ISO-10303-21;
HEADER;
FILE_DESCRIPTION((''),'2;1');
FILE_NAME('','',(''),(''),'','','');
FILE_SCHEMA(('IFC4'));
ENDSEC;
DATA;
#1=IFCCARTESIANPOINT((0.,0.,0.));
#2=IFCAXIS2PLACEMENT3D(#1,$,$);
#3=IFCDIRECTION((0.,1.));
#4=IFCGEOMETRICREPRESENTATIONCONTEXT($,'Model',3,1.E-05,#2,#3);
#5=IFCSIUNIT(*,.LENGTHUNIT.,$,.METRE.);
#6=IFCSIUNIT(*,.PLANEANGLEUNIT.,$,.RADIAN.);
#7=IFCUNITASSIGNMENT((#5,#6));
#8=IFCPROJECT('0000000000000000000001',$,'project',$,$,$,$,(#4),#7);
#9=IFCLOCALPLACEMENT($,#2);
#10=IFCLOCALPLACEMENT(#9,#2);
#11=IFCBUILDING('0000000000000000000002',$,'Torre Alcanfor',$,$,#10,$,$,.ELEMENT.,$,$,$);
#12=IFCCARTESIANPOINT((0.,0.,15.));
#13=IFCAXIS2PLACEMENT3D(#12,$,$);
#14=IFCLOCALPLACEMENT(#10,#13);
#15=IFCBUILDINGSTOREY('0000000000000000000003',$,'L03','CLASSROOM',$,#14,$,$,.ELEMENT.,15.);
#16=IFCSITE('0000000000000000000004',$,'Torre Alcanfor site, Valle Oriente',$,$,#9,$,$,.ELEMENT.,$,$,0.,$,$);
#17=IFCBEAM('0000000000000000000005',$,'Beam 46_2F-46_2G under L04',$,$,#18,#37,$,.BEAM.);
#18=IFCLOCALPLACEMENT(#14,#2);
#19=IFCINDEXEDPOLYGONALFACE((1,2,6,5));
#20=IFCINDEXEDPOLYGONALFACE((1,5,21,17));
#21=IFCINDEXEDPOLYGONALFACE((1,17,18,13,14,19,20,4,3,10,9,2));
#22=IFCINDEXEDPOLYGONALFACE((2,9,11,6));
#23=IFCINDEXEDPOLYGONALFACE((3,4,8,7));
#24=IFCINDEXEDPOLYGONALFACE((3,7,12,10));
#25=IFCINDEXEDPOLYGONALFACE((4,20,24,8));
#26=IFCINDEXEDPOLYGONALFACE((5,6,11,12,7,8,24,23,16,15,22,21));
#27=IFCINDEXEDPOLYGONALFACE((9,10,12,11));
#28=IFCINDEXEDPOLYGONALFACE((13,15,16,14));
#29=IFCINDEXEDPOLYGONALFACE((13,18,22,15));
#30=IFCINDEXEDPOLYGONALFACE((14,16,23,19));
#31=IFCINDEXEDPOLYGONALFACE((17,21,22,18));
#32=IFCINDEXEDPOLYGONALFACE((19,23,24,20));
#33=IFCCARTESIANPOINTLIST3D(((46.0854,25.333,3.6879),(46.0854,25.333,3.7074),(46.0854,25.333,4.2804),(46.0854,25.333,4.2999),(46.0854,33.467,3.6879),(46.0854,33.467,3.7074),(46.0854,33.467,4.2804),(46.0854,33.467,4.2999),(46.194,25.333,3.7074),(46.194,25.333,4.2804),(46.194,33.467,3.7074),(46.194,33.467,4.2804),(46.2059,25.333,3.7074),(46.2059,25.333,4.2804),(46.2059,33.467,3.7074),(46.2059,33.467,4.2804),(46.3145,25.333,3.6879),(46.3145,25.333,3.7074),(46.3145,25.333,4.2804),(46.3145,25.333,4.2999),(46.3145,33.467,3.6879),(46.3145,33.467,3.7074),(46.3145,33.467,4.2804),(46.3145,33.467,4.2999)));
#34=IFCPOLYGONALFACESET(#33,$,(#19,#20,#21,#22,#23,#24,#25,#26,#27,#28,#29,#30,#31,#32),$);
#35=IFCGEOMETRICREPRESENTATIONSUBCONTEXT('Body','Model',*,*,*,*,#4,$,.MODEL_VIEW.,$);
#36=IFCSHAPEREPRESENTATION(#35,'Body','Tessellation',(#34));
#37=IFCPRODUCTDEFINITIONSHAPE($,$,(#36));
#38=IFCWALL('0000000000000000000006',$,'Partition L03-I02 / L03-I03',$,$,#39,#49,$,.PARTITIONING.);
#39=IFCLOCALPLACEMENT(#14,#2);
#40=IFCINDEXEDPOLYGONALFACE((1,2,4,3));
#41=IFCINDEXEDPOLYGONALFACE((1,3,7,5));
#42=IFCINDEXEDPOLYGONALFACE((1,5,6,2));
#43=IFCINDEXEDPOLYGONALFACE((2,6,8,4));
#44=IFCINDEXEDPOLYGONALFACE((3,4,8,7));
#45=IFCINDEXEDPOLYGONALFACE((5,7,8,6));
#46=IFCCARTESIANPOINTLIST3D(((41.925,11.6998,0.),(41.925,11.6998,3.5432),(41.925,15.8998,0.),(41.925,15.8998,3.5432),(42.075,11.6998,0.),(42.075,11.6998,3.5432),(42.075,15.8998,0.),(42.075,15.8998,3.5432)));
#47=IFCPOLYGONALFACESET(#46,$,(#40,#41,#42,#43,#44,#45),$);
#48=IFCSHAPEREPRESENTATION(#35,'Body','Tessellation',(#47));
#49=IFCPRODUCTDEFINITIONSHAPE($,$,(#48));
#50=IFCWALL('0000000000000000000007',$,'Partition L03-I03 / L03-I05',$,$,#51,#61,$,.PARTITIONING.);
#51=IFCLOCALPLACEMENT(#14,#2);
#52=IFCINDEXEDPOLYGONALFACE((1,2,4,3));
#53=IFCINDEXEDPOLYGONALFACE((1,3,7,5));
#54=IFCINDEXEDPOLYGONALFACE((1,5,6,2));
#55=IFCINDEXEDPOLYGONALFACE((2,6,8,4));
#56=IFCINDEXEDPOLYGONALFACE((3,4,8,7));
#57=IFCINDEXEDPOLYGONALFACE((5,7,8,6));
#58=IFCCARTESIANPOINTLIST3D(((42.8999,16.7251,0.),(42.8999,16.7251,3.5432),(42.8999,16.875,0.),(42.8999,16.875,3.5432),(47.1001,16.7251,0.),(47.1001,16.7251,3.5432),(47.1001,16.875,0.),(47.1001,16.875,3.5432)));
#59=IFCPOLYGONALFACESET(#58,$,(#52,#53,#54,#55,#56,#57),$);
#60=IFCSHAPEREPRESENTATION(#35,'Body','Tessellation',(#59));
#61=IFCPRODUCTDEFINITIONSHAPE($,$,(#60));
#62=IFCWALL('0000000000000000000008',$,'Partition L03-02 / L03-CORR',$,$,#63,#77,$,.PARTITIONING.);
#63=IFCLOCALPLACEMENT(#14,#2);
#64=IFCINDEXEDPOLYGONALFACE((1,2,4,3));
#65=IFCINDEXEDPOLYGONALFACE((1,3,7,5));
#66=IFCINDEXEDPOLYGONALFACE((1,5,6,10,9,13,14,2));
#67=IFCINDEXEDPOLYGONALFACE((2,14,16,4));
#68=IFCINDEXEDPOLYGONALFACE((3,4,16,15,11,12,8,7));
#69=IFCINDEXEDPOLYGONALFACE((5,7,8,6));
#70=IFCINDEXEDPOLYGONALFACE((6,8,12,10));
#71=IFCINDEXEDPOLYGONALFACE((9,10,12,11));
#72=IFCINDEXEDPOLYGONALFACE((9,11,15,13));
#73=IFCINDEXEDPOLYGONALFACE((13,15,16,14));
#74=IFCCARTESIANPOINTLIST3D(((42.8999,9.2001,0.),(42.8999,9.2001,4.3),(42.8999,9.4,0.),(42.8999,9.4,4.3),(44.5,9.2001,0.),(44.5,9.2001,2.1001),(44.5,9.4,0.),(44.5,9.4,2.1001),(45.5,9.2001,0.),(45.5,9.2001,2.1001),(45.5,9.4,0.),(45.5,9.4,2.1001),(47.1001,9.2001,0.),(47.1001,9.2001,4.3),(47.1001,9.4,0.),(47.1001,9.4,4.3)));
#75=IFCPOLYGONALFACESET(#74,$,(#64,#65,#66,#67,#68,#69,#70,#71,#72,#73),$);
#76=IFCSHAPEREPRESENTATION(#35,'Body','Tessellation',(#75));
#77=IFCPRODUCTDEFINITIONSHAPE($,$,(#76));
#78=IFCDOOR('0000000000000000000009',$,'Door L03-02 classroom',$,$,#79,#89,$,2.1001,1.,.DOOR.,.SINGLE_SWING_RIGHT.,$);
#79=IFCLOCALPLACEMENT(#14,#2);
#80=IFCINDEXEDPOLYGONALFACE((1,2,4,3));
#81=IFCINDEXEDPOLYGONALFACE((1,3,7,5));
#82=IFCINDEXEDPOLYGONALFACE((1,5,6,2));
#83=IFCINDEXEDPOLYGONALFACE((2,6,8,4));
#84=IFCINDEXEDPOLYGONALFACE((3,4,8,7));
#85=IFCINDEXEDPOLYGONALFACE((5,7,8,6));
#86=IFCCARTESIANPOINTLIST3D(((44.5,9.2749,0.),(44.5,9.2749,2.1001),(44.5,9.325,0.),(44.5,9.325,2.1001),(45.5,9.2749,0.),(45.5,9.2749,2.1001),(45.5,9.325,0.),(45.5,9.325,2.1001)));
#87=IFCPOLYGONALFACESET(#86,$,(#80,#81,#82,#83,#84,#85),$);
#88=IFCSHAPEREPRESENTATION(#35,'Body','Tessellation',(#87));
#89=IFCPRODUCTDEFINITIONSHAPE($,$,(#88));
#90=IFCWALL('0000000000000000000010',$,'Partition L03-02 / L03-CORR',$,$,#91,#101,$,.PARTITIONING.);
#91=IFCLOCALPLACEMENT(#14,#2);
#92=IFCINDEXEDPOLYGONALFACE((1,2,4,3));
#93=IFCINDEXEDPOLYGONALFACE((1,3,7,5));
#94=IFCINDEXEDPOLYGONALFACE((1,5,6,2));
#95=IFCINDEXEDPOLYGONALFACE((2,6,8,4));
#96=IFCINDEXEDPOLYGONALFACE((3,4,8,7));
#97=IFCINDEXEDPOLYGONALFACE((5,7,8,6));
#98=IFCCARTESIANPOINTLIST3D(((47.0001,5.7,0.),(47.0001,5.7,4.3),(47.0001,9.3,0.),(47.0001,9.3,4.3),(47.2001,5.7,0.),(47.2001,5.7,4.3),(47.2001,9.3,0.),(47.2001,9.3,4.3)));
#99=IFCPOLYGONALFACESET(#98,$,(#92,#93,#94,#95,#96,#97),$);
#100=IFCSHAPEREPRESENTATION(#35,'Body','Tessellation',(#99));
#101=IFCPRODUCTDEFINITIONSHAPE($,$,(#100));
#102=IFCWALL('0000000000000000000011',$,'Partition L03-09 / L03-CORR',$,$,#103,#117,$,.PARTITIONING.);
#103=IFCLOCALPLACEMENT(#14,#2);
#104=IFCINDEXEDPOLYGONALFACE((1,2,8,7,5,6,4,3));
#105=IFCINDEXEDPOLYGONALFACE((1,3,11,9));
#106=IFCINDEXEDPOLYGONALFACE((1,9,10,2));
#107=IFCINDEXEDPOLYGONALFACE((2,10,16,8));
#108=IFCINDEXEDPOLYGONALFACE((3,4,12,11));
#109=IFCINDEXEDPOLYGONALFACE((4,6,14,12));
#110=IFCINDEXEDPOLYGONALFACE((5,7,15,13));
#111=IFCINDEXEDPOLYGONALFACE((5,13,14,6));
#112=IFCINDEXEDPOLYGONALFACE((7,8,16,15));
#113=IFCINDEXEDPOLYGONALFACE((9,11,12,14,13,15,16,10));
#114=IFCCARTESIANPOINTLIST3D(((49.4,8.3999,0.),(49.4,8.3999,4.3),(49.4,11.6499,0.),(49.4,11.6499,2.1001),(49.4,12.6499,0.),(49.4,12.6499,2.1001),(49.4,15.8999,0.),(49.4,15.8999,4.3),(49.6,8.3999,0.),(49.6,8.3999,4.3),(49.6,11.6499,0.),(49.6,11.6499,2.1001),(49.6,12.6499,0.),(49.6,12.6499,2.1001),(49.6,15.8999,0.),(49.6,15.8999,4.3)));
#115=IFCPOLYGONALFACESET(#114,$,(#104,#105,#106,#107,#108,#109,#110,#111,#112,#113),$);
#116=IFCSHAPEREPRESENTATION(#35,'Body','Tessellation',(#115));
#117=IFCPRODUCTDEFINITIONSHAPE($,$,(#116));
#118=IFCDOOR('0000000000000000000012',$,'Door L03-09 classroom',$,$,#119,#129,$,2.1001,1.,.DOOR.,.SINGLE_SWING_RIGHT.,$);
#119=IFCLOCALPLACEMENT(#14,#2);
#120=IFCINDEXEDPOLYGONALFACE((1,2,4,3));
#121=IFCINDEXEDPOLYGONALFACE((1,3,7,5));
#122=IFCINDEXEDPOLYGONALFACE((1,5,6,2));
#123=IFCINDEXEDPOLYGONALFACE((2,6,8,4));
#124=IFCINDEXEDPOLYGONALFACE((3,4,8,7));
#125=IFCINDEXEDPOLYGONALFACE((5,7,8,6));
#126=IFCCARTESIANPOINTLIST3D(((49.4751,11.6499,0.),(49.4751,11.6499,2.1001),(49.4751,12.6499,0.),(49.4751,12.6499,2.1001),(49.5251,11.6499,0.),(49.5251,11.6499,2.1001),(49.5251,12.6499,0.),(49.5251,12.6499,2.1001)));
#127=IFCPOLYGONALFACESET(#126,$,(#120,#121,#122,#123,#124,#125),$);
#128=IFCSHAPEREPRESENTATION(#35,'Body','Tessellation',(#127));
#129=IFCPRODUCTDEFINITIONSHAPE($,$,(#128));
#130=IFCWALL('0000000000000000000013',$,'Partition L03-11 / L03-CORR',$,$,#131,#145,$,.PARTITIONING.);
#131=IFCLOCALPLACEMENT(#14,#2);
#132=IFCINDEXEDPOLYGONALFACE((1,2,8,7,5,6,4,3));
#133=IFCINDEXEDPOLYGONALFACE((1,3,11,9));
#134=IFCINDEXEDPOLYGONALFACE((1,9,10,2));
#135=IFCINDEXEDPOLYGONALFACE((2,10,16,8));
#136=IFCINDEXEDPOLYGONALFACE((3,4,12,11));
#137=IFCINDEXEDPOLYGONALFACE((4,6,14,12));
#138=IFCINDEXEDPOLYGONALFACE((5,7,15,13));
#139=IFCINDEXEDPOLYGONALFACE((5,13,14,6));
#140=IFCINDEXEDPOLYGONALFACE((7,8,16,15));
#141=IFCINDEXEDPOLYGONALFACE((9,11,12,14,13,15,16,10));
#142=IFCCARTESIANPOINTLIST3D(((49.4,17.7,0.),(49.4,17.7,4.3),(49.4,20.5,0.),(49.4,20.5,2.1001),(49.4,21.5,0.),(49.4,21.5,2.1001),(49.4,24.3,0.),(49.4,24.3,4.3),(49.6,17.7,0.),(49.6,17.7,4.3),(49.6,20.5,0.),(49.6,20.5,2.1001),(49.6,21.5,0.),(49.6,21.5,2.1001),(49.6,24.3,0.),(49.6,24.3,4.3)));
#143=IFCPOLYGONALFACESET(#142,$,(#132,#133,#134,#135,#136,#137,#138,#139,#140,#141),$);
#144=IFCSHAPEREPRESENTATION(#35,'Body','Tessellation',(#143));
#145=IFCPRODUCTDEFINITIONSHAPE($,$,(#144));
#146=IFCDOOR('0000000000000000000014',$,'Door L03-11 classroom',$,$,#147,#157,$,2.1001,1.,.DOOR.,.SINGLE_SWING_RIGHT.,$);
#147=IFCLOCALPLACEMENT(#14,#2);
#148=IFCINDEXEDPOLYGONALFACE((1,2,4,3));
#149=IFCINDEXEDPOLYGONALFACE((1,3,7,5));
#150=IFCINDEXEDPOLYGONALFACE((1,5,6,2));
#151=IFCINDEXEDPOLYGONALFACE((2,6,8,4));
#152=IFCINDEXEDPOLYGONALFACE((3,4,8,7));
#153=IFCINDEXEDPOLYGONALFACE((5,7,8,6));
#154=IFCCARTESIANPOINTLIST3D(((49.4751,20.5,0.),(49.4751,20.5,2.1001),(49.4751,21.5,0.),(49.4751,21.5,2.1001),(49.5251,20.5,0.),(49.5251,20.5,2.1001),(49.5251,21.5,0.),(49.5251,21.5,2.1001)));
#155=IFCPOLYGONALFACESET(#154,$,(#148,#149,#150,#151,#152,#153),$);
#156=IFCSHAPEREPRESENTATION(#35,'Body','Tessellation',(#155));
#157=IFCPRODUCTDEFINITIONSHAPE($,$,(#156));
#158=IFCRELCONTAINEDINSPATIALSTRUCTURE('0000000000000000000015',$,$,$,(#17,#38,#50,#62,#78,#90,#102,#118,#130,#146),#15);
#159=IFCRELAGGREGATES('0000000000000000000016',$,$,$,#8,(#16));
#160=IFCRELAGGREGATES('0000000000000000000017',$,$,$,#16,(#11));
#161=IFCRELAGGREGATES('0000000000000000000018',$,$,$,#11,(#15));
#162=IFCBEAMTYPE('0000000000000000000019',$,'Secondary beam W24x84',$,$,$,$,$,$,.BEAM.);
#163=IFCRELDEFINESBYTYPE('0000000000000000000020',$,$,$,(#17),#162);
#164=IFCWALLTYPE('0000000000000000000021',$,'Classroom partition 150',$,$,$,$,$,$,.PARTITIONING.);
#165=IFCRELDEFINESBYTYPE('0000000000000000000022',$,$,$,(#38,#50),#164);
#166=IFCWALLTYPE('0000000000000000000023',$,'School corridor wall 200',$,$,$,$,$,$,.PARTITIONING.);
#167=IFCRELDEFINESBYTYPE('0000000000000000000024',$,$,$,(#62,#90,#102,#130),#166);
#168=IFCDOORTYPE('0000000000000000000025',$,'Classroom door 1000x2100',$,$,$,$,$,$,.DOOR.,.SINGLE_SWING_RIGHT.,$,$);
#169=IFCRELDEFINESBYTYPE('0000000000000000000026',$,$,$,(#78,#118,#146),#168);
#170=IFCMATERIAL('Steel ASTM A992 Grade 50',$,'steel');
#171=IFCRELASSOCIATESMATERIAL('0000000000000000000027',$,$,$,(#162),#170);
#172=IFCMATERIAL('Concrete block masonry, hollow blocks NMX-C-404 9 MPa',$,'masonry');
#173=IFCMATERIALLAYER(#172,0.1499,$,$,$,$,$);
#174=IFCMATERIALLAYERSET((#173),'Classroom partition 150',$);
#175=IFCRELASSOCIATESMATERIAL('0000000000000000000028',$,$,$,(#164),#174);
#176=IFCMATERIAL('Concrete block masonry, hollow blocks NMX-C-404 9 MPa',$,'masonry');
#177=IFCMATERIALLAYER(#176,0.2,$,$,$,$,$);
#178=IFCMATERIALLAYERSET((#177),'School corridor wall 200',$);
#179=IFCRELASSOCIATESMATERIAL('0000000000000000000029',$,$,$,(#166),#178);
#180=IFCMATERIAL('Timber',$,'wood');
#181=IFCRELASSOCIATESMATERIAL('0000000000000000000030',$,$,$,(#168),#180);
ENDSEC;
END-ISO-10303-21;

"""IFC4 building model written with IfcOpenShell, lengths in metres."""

from ifc_helpers import new_model, si_unit, direction, frame, frame_2d, origin, origin_2d, place, context, subcontext, project, spatial, rectangle, i_section, extrude, material, layer, layer_set, material_profile, profile_set, type_object, element, fill, save


model = new_model("IFC4")

# Units and contexts
model_context = context("Model", 3, precision=1e-05, world=origin(), true_north=direction((0.0, 1.0)))
body_context = subcontext(model_context, "Body", "Model", "MODEL_VIEW")
ifc_project = project(units=[si_unit("LENGTHUNIT", "METRE"), si_unit("PLANEANGLEUNIT", "RADIAN")], contexts=[model_context])

# Site, building, storey
site_placement = place(None, origin())
site = spatial("IfcSite", under=ifc_project, at=site_placement, Name="Torre Alcanfor site, Valle Oriente", CompositionType="ELEMENT", RefElevation=0.0)
building_placement = place(site_placement, origin())
building = spatial("IfcBuilding", under=site, at=building_placement, Name="Torre Alcanfor", CompositionType="ELEMENT")
storey_placement = place(building_placement, frame((0.0, 0.0, 15.0)))
storey = spatial("IfcBuildingStorey", under=building, at=storey_placement, Name="L03", Description="CLASSROOM", CompositionType="ELEMENT", Elevation=15.0)

# Beam
ifc_material_1 = material(Name="Steel ASTM A992 Grade 50", Category="steel")
ifc_material_profile_1 = material_profile(ifc_material_1, i_section(OverallWidth=0.229, OverallDepth=0.6121, WebThickness=0.012, FlangeThickness=0.0195, at=origin_2d()), Name="W24x84")
ifc_profile_set_1 = profile_set([ifc_material_profile_1], Name="Steel ASTM A992 Grade 50")
beam_type_1 = type_object("IfcBeamType", Name="Secondary beam W24x84", PredefinedType="BEAM", material=ifc_profile_set_1)
beam_1_placement = place(storey_placement, frame((46.2, 25.333, 3.9939), z_axis=(0.0, 1.0, 0.0), x_axis=(-1.0, 0.0, 0.0)))
element("IfcBeam", 1, at=beam_1_placement, inside=storey, type_object=beam_type_1, Name="Beam 46_2F-46_2G under L04", PredefinedType="BEAM", context=body_context, shape_type="SweptSolid", body=[
    extrude(i_section(OverallWidth=0.229, OverallDepth=0.6121, WebThickness=0.012, FlangeThickness=0.0195, at=origin_2d()), origin(), (0.0, 0.0, 1.0), 8.134),
])

# Walls
ifc_material_2 = material(Name="Concrete block masonry, hollow blocks NMX-C-404 9 MPa", Category="masonry")
ifc_layer_1 = layer(ifc_material_2, 0.1499)
ifc_layer_set_1 = layer_set([ifc_layer_1], Name="Classroom partition 150")
wall_type_1 = type_object("IfcWallType", Name="Classroom partition 150", PredefinedType="PARTITIONING", material=ifc_layer_set_1)
wall_1_placement = place(storey_placement, frame((42.0, 15.8999, 0.0), z_axis=(0.0, 0.0, 1.0), x_axis=(0.0, -1.0, 0.0)))
element("IfcWall", 2, at=wall_1_placement, inside=storey, type_object=wall_type_1, Name="Partition L03-I02 / L03-I03", PredefinedType="PARTITIONING", context=body_context, shape_type="SweptSolid", body=[
    extrude(rectangle(XDim=4.2, YDim=0.1499, at=frame_2d((2.1001, 0.0))), origin(), (0.0, 0.0, 1.0), 3.5432),
])
wall_2_placement = place(storey_placement, frame((42.8999, 16.8, 0.0), z_axis=(0.0, 0.0, 1.0), x_axis=(1.0, 0.0, 0.0)))
element("IfcWall", 3, at=wall_2_placement, inside=storey, type_object=wall_type_1, Name="Partition L03-I03 / L03-I05", PredefinedType="PARTITIONING", context=body_context, shape_type="SweptSolid", body=[
    extrude(rectangle(XDim=4.2002, YDim=0.1499, at=frame_2d((2.1001, 0.0))), origin(), (0.0, 0.0, 1.0), 3.5432),
])

# Wall, opening, door
ifc_material_3 = material(Name="Concrete block masonry, hollow blocks NMX-C-404 9 MPa", Category="masonry")
ifc_layer_2 = layer(ifc_material_3, 0.2)
ifc_layer_set_2 = layer_set([ifc_layer_2], Name="School corridor wall 200")
wall_type_2 = type_object("IfcWallType", Name="School corridor wall 200", PredefinedType="PARTITIONING", material=ifc_layer_set_2)
wall_3_placement = place(storey_placement, frame((42.8999, 9.3, 0.0), z_axis=(0.0, 0.0, 1.0), x_axis=(1.0, 0.0, 0.0)))
wall_3 = element("IfcWall", 4, at=wall_3_placement, inside=storey, type_object=wall_type_2, Name="Partition L03-02 / L03-CORR", PredefinedType="PARTITIONING", context=body_context, shape_type="SweptSolid", body=[
    extrude(rectangle(XDim=4.2002, YDim=0.2, at=frame_2d((2.1001, 0.0))), origin(), (0.0, 0.0, 1.0), 4.3),
])
opening_1_placement = place(wall_3_placement, frame((1.6001, 0.0, 0.0)))
opening_1 = element("IfcOpeningElement", 5, at=opening_1_placement, cuts=wall_3, PredefinedType="OPENING", context=body_context, shape_type="SweptSolid", body=[
    extrude(rectangle(XDim=1.0, YDim=2.1001, at=frame_2d((0.5, 1.05))), frame((0.0, 0.1099, 0.0), z_axis=(0.0, -1.0, 0.0), x_axis=(1.0, 0.0, 0.0)), (0.0, 0.0, 1.0), 0.22),
])
ifc_material_4 = material(Name="Timber", Category="wood")
door_type = type_object("IfcDoorType", Name="Classroom door 1000x2100", OperationType="SINGLE_SWING_RIGHT", PredefinedType="DOOR", material=ifc_material_4)
door_1_placement = place(opening_1_placement, frame((1.0, 0.0, 0.0), z_axis=(0.0, 0.0, 1.0), x_axis=(-1.0, 0.0, 0.0)))
door_1 = element("IfcDoor", 6, at=door_1_placement, inside=storey, type_object=door_type, Name="Door L03-02 classroom", OperationType="SINGLE_SWING_RIGHT", OverallHeight=2.1001, OverallWidth=1.0, PredefinedType="DOOR", context=body_context, shape_type="SweptSolid", body=[
    extrude(rectangle(XDim=1.0, YDim=2.1001, at=frame_2d((0.5, 1.05))), frame((0.0, 0.0251, 0.0), z_axis=(0.0, -1.0, 0.0), x_axis=(1.0, 0.0, 0.0)), (0.0, 0.0, 1.0), 0.05),
])
fill(opening_1, door_1)

# Wall
wall_4_placement = place(storey_placement, frame((47.1001, 9.3, 0.0), z_axis=(0.0, 0.0, 1.0), x_axis=(0.0, -1.0, 0.0)))
element("IfcWall", 7, at=wall_4_placement, inside=storey, type_object=wall_type_2, Name="Partition L03-02 / L03-CORR", PredefinedType="PARTITIONING", context=body_context, shape_type="SweptSolid", body=[
    extrude(rectangle(XDim=3.6001, YDim=0.2, at=frame_2d((1.8, 0.0))), origin(), (0.0, 0.0, 1.0), 4.3),
])

# Walls, openings, doors
wall_5_placement = place(storey_placement, frame((49.5, 8.3999, 0.0), z_axis=(0.0, 0.0, 1.0), x_axis=(0.0, 1.0, 0.0)))
wall_5 = element("IfcWall", 8, at=wall_5_placement, inside=storey, type_object=wall_type_2, Name="Partition L03-09 / L03-CORR", PredefinedType="PARTITIONING", context=body_context, shape_type="SweptSolid", body=[
    extrude(rectangle(XDim=7.5, YDim=0.2, at=frame_2d((3.75, 0.0))), origin(), (0.0, 0.0, 1.0), 4.3),
])
opening_2_placement = place(wall_5_placement, frame((3.25, 0.0, 0.0)))
opening_2 = element("IfcOpeningElement", 9, at=opening_2_placement, cuts=wall_5, PredefinedType="OPENING", context=body_context, shape_type="SweptSolid", body=[
    extrude(rectangle(XDim=1.0, YDim=2.1001, at=frame_2d((0.5, 1.05))), frame((0.0, 0.1099, 0.0), z_axis=(0.0, -1.0, 0.0), x_axis=(1.0, 0.0, 0.0)), (0.0, 0.0, 1.0), 0.22),
])
door_2_placement = place(opening_2_placement, frame((1.0, 0.0, 0.0), z_axis=(0.0, 0.0, 1.0), x_axis=(-1.0, 0.0, 0.0)))
door_2 = element("IfcDoor", 10, at=door_2_placement, inside=storey, type_object=door_type, Name="Door L03-09 classroom", OperationType="SINGLE_SWING_RIGHT", OverallHeight=2.1001, OverallWidth=1.0, PredefinedType="DOOR", context=body_context, shape_type="SweptSolid", body=[
    extrude(rectangle(XDim=1.0, YDim=2.1001, at=frame_2d((0.5, 1.05))), frame((0.0, 0.0251, 0.0), z_axis=(0.0, -1.0, 0.0), x_axis=(1.0, 0.0, 0.0)), (0.0, 0.0, 1.0), 0.05),
])
fill(opening_2, door_2)
wall_6_placement = place(storey_placement, frame((49.5, 17.7, 0.0), z_axis=(0.0, 0.0, 1.0), x_axis=(0.0, 1.0, 0.0)))
wall_6 = element("IfcWall", 11, at=wall_6_placement, inside=storey, type_object=wall_type_2, Name="Partition L03-11 / L03-CORR", PredefinedType="PARTITIONING", context=body_context, shape_type="SweptSolid", body=[
    extrude(rectangle(XDim=6.6001, YDim=0.2, at=frame_2d((3.3, 0.0))), origin(), (0.0, 0.0, 1.0), 4.3),
])
opening_3_placement = place(wall_6_placement, frame((2.8, 0.0, 0.0)))
opening_3 = element("IfcOpeningElement", 12, at=opening_3_placement, cuts=wall_6, PredefinedType="OPENING", context=body_context, shape_type="SweptSolid", body=[
    extrude(rectangle(XDim=1.0, YDim=2.1001, at=frame_2d((0.5, 1.05))), frame((0.0, 0.1099, 0.0), z_axis=(0.0, -1.0, 0.0), x_axis=(1.0, 0.0, 0.0)), (0.0, 0.0, 1.0), 0.22),
])
door_3_placement = place(opening_3_placement, frame((1.0, 0.0, 0.0), z_axis=(0.0, 0.0, 1.0), x_axis=(-1.0, 0.0, 0.0)))
door_3 = element("IfcDoor", 13, at=door_3_placement, inside=storey, type_object=door_type, Name="Door L03-11 classroom", OperationType="SINGLE_SWING_RIGHT", OverallHeight=2.1001, OverallWidth=1.0, PredefinedType="DOOR", context=body_context, shape_type="SweptSolid", body=[
    extrude(rectangle(XDim=1.0, YDim=2.1001, at=frame_2d((0.5, 1.05))), frame((0.0, 0.0251, 0.0), z_axis=(0.0, -1.0, 0.0), x_axis=(1.0, 0.0, 0.0)), (0.0, 0.0, 1.0), 0.05),
])
fill(opening_3, door_3)

save(model, "model.ifc")
